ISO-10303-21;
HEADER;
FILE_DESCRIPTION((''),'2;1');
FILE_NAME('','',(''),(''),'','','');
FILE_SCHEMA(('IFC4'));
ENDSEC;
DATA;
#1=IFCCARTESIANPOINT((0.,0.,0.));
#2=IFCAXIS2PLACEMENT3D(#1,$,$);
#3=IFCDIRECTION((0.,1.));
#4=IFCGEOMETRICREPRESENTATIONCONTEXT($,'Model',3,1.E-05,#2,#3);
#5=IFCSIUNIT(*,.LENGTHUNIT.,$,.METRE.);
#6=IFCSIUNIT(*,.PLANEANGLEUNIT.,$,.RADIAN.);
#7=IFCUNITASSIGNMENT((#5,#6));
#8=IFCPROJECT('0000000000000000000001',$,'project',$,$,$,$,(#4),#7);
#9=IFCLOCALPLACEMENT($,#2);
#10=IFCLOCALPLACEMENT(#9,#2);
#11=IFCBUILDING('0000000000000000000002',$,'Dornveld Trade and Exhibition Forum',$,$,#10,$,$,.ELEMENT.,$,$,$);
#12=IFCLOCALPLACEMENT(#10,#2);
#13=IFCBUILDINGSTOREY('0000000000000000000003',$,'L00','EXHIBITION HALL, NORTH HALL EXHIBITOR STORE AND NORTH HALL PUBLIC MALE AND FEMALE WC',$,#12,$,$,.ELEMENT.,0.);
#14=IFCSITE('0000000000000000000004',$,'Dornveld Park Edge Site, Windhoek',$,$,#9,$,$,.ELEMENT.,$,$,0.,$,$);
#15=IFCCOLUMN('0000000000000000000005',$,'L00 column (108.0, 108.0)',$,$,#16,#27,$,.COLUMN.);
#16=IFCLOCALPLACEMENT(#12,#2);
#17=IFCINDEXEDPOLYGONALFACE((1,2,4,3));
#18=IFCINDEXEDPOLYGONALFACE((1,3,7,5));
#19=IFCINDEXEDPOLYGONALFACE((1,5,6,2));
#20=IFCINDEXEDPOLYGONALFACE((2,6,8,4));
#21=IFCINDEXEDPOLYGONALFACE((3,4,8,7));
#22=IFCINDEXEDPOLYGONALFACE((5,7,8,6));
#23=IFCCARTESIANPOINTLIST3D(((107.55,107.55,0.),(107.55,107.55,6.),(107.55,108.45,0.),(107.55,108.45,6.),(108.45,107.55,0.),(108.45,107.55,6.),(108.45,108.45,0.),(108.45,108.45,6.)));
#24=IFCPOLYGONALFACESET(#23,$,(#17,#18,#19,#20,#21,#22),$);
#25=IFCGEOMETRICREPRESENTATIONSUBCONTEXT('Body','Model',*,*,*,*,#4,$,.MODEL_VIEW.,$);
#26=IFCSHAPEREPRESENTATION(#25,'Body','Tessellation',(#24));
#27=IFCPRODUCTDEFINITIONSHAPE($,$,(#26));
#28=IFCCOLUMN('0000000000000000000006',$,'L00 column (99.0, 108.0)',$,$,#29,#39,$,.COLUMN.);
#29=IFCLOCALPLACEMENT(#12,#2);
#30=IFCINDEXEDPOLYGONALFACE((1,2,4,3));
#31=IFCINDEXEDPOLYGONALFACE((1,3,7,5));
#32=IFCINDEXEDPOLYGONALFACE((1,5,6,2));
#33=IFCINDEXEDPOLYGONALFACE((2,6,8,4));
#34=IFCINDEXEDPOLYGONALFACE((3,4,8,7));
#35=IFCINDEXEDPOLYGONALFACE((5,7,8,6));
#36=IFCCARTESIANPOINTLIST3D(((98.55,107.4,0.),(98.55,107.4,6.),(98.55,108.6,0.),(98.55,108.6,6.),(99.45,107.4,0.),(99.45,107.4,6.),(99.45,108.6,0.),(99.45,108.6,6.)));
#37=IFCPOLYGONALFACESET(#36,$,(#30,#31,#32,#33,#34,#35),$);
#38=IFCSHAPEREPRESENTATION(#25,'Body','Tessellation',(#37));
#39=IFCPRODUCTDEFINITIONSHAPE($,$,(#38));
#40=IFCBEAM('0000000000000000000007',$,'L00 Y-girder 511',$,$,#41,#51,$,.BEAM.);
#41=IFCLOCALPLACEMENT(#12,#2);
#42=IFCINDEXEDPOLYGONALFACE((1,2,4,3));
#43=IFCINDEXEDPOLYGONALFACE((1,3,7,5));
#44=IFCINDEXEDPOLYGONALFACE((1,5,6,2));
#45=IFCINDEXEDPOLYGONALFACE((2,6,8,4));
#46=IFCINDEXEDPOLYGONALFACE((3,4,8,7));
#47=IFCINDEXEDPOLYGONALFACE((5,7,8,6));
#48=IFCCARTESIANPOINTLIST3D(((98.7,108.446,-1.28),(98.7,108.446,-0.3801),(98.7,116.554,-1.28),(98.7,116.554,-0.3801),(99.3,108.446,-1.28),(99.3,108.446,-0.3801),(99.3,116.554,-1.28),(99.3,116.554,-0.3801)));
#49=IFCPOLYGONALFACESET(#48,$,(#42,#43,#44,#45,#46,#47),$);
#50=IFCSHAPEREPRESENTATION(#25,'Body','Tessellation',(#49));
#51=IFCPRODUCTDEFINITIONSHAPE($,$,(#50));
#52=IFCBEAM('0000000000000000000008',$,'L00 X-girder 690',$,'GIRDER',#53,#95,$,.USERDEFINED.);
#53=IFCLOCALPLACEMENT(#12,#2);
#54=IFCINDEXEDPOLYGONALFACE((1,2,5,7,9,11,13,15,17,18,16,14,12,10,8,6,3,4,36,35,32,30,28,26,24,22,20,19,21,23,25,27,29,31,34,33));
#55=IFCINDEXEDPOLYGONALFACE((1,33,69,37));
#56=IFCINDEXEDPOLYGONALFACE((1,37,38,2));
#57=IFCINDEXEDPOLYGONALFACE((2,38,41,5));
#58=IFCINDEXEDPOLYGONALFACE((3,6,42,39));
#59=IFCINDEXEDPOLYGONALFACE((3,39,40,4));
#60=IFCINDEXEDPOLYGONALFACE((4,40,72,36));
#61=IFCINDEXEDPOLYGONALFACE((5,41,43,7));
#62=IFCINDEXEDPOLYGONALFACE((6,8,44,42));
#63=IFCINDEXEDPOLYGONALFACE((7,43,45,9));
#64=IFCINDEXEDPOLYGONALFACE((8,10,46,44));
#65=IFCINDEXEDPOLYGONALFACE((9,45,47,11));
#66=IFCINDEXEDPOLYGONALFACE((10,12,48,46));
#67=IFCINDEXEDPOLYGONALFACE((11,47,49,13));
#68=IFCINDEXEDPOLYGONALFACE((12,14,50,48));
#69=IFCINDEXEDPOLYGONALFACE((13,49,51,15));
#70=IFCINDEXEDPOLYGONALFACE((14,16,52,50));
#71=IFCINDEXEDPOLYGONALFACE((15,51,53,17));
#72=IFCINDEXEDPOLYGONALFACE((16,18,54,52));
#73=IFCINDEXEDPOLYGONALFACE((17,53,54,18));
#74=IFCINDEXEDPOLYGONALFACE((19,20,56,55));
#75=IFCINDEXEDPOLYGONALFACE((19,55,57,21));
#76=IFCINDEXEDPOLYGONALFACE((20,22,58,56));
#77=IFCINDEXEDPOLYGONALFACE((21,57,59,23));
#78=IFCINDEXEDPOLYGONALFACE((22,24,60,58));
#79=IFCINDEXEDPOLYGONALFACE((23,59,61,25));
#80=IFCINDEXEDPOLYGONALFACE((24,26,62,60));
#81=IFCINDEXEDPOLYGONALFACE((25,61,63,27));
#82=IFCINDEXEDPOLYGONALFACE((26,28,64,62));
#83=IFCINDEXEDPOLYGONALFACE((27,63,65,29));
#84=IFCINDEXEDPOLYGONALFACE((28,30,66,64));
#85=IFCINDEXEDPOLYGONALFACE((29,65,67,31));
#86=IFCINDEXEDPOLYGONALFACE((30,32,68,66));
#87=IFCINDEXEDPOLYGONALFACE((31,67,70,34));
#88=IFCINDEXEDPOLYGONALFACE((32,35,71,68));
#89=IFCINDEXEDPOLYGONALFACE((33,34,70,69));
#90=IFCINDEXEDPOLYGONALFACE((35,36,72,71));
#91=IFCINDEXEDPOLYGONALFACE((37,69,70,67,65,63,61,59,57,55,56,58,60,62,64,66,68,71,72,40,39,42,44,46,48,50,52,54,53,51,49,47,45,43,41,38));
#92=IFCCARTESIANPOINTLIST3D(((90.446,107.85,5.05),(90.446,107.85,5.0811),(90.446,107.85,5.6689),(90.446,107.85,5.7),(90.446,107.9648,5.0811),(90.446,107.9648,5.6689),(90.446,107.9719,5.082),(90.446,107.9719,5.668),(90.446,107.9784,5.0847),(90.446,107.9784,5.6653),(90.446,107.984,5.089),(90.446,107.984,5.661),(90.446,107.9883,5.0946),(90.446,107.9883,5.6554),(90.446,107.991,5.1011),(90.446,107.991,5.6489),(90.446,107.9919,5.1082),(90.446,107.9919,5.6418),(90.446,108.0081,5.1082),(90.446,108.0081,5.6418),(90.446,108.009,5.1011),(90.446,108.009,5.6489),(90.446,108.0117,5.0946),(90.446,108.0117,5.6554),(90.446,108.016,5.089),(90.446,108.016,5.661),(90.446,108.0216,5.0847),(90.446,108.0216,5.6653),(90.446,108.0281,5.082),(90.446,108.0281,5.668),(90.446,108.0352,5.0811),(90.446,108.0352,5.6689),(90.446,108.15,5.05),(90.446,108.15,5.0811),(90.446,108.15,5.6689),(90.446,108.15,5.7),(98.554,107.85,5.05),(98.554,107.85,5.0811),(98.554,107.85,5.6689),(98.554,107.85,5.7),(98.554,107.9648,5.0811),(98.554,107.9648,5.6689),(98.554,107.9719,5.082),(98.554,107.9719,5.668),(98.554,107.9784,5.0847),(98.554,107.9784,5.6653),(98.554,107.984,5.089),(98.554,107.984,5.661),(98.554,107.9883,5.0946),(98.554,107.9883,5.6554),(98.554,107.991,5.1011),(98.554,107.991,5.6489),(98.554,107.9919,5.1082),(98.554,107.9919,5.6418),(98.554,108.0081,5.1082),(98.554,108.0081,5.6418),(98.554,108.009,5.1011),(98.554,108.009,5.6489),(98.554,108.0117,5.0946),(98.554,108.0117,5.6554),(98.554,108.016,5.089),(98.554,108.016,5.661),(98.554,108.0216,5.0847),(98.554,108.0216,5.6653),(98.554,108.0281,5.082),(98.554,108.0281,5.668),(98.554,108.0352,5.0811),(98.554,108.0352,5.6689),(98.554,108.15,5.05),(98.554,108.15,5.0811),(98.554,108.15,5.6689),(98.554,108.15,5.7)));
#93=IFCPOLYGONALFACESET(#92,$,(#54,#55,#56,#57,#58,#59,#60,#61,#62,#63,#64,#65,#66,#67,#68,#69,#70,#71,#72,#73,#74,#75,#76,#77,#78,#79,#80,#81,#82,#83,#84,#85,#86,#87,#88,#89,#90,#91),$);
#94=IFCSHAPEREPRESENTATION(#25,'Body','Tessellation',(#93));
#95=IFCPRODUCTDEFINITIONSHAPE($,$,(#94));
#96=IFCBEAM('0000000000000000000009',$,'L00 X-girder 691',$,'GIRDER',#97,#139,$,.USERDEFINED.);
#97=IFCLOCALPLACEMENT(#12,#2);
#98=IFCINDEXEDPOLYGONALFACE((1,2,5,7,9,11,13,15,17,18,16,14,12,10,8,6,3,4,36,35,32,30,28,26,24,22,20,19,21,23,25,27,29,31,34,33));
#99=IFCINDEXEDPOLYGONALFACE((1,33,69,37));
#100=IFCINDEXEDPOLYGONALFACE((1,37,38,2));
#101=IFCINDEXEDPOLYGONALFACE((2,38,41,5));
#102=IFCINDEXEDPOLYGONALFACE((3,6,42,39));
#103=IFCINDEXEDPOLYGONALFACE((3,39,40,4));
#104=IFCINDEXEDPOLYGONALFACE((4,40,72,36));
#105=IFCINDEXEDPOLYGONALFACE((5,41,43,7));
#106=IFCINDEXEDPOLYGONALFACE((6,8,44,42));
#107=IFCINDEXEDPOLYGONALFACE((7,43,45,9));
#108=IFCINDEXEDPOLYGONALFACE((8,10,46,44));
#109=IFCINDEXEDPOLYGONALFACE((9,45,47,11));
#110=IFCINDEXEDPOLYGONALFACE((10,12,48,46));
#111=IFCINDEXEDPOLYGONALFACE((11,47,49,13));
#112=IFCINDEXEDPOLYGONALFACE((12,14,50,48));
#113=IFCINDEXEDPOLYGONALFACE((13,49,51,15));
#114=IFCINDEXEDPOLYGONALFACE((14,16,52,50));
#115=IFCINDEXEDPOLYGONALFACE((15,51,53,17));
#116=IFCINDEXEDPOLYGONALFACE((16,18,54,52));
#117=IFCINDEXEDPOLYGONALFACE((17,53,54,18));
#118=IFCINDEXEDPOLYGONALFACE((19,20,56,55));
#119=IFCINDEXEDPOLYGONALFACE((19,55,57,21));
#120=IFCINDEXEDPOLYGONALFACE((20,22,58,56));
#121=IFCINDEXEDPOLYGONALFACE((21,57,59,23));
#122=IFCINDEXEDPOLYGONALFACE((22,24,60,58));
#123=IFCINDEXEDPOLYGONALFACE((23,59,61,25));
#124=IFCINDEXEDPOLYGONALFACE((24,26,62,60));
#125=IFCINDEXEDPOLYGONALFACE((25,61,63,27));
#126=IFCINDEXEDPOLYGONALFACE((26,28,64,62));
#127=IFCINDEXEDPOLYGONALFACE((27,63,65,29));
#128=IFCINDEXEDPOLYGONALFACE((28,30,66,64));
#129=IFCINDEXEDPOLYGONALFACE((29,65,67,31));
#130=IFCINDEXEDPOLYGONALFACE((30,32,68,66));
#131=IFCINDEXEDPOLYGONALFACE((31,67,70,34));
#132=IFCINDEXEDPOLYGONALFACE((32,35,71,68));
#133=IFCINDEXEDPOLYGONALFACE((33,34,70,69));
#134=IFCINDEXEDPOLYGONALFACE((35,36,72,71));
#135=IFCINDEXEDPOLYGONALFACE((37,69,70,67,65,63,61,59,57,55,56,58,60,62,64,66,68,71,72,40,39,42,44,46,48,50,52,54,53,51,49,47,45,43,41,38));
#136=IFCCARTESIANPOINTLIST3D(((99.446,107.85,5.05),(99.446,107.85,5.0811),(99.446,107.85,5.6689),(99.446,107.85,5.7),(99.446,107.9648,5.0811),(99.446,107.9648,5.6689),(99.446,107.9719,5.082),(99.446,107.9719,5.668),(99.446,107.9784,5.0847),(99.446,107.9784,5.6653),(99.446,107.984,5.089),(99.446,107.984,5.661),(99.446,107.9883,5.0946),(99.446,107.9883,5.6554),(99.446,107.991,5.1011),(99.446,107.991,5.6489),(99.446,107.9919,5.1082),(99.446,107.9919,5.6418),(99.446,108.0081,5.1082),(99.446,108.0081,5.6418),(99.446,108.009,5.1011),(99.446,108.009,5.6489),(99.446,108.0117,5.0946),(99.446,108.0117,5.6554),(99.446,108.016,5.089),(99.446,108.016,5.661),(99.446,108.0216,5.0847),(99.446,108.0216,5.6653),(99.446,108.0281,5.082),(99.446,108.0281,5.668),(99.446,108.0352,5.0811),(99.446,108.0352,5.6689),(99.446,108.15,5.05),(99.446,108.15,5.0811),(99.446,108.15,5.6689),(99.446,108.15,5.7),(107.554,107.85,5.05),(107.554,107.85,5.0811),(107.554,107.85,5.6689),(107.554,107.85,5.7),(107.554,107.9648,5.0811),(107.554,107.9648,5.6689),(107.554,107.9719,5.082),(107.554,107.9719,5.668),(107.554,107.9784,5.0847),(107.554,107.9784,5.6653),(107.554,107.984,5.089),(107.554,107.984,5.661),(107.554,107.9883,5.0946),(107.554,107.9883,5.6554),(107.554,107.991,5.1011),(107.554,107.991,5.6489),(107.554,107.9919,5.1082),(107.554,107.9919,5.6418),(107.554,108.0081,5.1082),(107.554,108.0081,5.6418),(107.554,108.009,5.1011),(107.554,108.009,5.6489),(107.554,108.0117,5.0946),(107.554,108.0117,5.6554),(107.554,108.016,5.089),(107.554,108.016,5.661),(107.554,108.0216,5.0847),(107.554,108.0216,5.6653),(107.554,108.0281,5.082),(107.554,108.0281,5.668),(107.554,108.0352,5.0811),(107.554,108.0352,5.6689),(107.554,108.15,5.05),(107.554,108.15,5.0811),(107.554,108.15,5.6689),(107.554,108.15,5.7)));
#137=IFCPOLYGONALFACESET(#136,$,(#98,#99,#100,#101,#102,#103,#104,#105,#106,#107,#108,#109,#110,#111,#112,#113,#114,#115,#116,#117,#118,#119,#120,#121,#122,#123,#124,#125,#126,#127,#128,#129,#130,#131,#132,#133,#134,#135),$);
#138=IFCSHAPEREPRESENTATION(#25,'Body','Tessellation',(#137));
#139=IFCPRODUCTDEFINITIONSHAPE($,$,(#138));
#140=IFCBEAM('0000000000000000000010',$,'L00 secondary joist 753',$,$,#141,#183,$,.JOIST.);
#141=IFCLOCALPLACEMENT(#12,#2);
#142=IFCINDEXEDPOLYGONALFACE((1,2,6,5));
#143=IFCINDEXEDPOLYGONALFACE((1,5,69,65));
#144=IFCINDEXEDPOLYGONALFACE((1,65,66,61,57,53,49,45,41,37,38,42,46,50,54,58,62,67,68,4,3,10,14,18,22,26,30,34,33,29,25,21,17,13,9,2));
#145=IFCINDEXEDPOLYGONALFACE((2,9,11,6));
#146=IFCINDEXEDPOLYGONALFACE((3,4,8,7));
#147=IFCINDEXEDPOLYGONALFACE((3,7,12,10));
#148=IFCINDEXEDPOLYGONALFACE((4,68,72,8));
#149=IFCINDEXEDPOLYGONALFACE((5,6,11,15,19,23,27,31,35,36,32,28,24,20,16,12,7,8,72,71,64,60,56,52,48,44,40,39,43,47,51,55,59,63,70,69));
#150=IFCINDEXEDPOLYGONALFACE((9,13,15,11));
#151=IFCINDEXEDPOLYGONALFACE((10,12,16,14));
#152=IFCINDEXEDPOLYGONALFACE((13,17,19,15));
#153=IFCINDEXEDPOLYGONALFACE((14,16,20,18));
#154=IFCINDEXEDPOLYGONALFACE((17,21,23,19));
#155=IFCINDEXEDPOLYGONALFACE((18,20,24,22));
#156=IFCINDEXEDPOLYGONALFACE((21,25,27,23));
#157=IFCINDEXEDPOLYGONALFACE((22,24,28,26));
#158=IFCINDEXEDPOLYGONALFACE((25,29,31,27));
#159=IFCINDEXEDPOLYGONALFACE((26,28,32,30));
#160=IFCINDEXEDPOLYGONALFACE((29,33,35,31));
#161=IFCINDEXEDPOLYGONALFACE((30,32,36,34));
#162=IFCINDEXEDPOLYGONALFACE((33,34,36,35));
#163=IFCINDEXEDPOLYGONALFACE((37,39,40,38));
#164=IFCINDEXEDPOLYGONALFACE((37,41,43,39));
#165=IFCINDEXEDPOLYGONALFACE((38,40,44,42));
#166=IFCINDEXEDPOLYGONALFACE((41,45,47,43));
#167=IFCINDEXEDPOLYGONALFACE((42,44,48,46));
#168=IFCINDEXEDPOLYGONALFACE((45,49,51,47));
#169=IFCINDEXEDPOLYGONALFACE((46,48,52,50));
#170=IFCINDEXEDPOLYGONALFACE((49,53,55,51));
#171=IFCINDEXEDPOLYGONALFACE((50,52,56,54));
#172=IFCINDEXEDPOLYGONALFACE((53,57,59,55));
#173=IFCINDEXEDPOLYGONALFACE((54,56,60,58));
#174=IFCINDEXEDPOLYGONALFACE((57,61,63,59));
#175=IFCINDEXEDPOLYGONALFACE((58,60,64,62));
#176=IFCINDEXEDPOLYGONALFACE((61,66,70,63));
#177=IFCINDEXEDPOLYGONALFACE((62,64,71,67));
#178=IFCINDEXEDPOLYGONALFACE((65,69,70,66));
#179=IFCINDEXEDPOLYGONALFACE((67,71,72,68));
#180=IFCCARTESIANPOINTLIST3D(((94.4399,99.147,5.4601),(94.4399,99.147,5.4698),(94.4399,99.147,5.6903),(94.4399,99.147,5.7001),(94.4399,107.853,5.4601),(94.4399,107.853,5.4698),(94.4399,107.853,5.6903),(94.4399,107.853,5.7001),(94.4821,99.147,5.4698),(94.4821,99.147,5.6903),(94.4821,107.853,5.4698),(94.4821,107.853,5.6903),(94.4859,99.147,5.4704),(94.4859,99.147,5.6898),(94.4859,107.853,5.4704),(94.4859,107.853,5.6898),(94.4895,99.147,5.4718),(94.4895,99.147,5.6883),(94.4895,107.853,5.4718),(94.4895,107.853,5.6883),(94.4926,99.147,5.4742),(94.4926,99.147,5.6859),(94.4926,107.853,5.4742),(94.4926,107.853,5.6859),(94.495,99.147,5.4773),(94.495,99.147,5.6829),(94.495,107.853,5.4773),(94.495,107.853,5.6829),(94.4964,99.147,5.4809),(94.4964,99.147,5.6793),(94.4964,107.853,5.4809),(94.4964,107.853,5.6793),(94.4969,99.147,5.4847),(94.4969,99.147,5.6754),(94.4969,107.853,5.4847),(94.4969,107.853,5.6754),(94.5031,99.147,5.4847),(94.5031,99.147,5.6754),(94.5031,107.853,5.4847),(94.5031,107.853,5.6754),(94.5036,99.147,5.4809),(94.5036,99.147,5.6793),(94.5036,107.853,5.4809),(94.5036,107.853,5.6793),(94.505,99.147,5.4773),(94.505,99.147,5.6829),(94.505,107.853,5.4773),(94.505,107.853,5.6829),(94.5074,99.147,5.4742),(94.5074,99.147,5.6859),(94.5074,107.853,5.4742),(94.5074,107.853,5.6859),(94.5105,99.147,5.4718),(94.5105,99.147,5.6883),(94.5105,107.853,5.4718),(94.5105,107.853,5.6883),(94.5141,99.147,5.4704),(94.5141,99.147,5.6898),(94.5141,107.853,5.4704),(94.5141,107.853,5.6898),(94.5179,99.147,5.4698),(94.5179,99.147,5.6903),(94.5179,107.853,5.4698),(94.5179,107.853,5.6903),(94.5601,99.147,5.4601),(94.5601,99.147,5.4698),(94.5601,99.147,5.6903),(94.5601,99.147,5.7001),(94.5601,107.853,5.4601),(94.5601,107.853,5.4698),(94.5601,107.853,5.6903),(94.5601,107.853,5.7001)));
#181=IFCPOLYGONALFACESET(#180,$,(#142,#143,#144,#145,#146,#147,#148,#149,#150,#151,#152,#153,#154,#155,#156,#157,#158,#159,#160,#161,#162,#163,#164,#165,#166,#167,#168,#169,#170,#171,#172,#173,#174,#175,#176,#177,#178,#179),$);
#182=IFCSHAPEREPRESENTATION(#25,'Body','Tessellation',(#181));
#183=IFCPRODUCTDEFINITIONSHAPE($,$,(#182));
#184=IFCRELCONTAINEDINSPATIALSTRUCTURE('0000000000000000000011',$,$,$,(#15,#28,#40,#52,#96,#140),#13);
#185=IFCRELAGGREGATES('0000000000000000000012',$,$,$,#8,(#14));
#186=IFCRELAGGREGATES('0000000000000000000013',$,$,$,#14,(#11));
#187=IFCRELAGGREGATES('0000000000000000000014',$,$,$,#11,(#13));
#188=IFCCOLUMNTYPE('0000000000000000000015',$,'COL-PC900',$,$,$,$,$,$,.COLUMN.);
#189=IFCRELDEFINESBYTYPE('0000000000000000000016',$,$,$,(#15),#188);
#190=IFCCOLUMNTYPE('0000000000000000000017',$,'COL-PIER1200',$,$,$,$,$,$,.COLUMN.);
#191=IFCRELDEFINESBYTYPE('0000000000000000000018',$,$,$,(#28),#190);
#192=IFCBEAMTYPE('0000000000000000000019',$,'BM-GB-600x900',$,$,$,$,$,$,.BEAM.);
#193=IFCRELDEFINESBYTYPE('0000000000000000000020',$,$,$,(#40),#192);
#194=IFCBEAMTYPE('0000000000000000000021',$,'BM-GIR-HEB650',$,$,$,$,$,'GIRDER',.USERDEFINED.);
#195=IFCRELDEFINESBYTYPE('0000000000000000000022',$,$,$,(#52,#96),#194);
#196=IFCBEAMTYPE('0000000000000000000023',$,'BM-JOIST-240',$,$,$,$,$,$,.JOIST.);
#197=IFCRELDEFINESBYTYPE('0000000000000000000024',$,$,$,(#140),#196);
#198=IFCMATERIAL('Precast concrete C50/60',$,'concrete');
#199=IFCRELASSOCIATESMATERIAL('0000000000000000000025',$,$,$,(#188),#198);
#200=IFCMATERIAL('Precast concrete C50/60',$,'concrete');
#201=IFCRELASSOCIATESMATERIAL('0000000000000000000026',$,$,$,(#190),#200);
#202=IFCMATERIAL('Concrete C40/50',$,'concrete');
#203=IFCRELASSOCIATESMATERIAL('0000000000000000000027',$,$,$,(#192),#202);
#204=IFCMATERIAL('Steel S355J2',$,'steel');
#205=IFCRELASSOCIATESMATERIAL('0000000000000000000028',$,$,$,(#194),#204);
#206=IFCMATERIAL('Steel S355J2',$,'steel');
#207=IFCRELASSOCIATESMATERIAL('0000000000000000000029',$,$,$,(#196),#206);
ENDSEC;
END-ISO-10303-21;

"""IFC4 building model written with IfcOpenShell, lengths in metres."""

from ifc_helpers import new_model, si_unit, direction, frame, origin, origin_2d, place, context, subcontext, project, spatial, rectangle, i_section, extrude, material, material_profile, profile_set, type_object, element, save


model = new_model("IFC4")

# Units and contexts
model_context = context("Model", 3, precision=1e-05, world=origin(), true_north=direction((0.0, 1.0)))
body_context = subcontext(model_context, "Body", "Model", "MODEL_VIEW")
ifc_project = project(units=[si_unit("LENGTHUNIT", "METRE"), si_unit("PLANEANGLEUNIT", "RADIAN")], contexts=[model_context])

# Site, building, storey
site_placement = place(None, origin())
site = spatial("IfcSite", under=ifc_project, at=site_placement, Name="Dornveld Park Edge Site, Windhoek", CompositionType="ELEMENT", RefElevation=0.0)
building_placement = place(site_placement, origin())
building = spatial("IfcBuilding", under=site, at=building_placement, Name="Dornveld Trade and Exhibition Forum", CompositionType="ELEMENT")
storey_placement = place(building_placement, origin())
storey = spatial("IfcBuildingStorey", under=building, at=storey_placement, Name="L00", Description="EXHIBITION HALL, NORTH HALL EXHIBITOR STORE AND NORTH HALL PUBLIC MALE AND FEMALE WC", CompositionType="ELEMENT", Elevation=0.0)

# Columns
ifc_material_1 = material(Name="Precast concrete C50/60", Category="concrete")
ifc_material_profile_1 = material_profile(ifc_material_1, rectangle(XDim=0.8999, YDim=0.8999, at=origin_2d()), Name="PC-COL 900x900")
ifc_profile_set_1 = profile_set([ifc_material_profile_1], Name="Precast concrete C50/60")
column_type_1 = type_object("IfcColumnType", Name="COL-PC900", PredefinedType="COLUMN", material=ifc_profile_set_1)
column_1_placement = place(storey_placement, frame((108.0, 108.0, 0.0), z_axis=(0.0, 0.0, 1.0), x_axis=(1.0, 0.0, 0.0)))
element("IfcColumn", 1, at=column_1_placement, inside=storey, type_object=column_type_1, Name="L00 column (108.0, 108.0)", PredefinedType="COLUMN", context=body_context, shape_type="SweptSolid", body=[
    extrude(rectangle(XDim=0.8999, YDim=0.8999, at=origin_2d()), origin(), (0.0, 0.0, 1.0), 6.0),
])
ifc_material_2 = material(Name="Precast concrete C50/60", Category="concrete")
ifc_material_profile_2 = material_profile(ifc_material_2, rectangle(XDim=1.2, YDim=0.8999, at=origin_2d()), Name="PC-PIER 1200x900")
ifc_profile_set_2 = profile_set([ifc_material_profile_2], Name="Precast concrete C50/60")
column_type_2 = type_object("IfcColumnType", Name="COL-PIER1200", PredefinedType="COLUMN", material=ifc_profile_set_2)
column_2_placement = place(storey_placement, frame((99.0, 108.0, 0.0), z_axis=(0.0, 0.0, 1.0), x_axis=(0.0, 1.0, 0.0)))
element("IfcColumn", 2, at=column_2_placement, inside=storey, type_object=column_type_2, Name="L00 column (99.0, 108.0)", PredefinedType="COLUMN", context=body_context, shape_type="SweptSolid", body=[
    extrude(rectangle(XDim=1.2, YDim=0.8999, at=origin_2d()), origin(), (0.0, 0.0, 1.0), 6.0),
])

# Beams
ifc_material_3 = material(Name="Concrete C40/50", Category="concrete")
ifc_material_profile_3 = material_profile(ifc_material_3, rectangle(XDim=0.6001, YDim=0.8999, at=origin_2d()), Name="RC-GB 600x900")
ifc_profile_set_3 = profile_set([ifc_material_profile_3], Name="Concrete C40/50")
beam_type_1 = type_object("IfcBeamType", Name="BM-GB-600x900", PredefinedType="BEAM", material=ifc_profile_set_3)
beam_1_placement = place(storey_placement, frame((99.0, 108.446, -0.8301), z_axis=(0.0, 1.0, 0.0), x_axis=(-1.0, 0.0, 0.0)))
element("IfcBeam", 3, at=beam_1_placement, inside=storey, type_object=beam_type_1, Name="L00 Y-girder 511", PredefinedType="BEAM", context=body_context, shape_type="SweptSolid", body=[
    extrude(rectangle(XDim=0.6001, YDim=0.8999, at=origin_2d()), origin(), (0.0, 0.0, 1.0), 8.1079),
])
ifc_material_4 = material(Name="Steel S355J2", Category="steel")
ifc_material_profile_4 = material_profile(ifc_material_4, i_section(OverallWidth=0.3, OverallDepth=0.6499, WebThickness=0.0161, FlangeThickness=0.031, FilletRadius=0.0271, at=origin_2d()), Name="HEB 650")
ifc_profile_set_4 = profile_set([ifc_material_profile_4], Name="Steel S355J2")
beam_type_2 = type_object("IfcBeamType", Name="BM-GIR-HEB650", ElementType="GIRDER", PredefinedType="USERDEFINED", material=ifc_profile_set_4)
for number, where, z_axis, x_axis, name in (
    (4, (90.446, 108.0, 5.375), (1.0, 0.0, 0.0), (0.0, 1.0, 0.0), "L00 X-girder 690"),
    (5, (99.446, 108.0, 5.375), (1.0, 0.0, 0.0), (0.0, 1.0, 0.0), "L00 X-girder 691"),
):
    element("IfcBeam", number, at=place(storey_placement, frame(where, z_axis=z_axis, x_axis=x_axis)), inside=storey, type_object=beam_type_2, Name=name, ObjectType="GIRDER", PredefinedType="USERDEFINED", context=body_context, shape_type="SweptSolid", body=[
        extrude(i_section(OverallWidth=0.3, OverallDepth=0.6499, WebThickness=0.0161, FlangeThickness=0.031, FilletRadius=0.0271, at=origin_2d()), origin(), (0.0, 0.0, 1.0), 8.1079),
    ])
ifc_material_5 = material(Name="Steel S355J2", Category="steel")
ifc_material_profile_5 = material_profile(ifc_material_5, i_section(OverallWidth=0.1201, OverallDepth=0.24, WebThickness=0.0061, FlangeThickness=0.0098, FilletRadius=0.0149, at=origin_2d()), Name="IPE 240")
ifc_profile_set_5 = profile_set([ifc_material_profile_5], Name="Steel S355J2")
beam_type_3 = type_object("IfcBeamType", Name="BM-JOIST-240", PredefinedType="JOIST", material=ifc_profile_set_5)
beam_2_placement = place(storey_placement, frame((94.5, 99.147, 5.5801), z_axis=(0.0, 1.0, 0.0), x_axis=(-1.0, 0.0, 0.0)))
element("IfcBeam", 6, at=beam_2_placement, inside=storey, type_object=beam_type_3, Name="L00 secondary joist 753", PredefinedType="JOIST", context=body_context, shape_type="SweptSolid", body=[
    extrude(i_section(OverallWidth=0.1201, OverallDepth=0.24, WebThickness=0.0061, FlangeThickness=0.0098, FilletRadius=0.0149, at=origin_2d()), origin(), (0.0, 0.0, 1.0), 8.7061),
])

save(model, "model.ifc")
